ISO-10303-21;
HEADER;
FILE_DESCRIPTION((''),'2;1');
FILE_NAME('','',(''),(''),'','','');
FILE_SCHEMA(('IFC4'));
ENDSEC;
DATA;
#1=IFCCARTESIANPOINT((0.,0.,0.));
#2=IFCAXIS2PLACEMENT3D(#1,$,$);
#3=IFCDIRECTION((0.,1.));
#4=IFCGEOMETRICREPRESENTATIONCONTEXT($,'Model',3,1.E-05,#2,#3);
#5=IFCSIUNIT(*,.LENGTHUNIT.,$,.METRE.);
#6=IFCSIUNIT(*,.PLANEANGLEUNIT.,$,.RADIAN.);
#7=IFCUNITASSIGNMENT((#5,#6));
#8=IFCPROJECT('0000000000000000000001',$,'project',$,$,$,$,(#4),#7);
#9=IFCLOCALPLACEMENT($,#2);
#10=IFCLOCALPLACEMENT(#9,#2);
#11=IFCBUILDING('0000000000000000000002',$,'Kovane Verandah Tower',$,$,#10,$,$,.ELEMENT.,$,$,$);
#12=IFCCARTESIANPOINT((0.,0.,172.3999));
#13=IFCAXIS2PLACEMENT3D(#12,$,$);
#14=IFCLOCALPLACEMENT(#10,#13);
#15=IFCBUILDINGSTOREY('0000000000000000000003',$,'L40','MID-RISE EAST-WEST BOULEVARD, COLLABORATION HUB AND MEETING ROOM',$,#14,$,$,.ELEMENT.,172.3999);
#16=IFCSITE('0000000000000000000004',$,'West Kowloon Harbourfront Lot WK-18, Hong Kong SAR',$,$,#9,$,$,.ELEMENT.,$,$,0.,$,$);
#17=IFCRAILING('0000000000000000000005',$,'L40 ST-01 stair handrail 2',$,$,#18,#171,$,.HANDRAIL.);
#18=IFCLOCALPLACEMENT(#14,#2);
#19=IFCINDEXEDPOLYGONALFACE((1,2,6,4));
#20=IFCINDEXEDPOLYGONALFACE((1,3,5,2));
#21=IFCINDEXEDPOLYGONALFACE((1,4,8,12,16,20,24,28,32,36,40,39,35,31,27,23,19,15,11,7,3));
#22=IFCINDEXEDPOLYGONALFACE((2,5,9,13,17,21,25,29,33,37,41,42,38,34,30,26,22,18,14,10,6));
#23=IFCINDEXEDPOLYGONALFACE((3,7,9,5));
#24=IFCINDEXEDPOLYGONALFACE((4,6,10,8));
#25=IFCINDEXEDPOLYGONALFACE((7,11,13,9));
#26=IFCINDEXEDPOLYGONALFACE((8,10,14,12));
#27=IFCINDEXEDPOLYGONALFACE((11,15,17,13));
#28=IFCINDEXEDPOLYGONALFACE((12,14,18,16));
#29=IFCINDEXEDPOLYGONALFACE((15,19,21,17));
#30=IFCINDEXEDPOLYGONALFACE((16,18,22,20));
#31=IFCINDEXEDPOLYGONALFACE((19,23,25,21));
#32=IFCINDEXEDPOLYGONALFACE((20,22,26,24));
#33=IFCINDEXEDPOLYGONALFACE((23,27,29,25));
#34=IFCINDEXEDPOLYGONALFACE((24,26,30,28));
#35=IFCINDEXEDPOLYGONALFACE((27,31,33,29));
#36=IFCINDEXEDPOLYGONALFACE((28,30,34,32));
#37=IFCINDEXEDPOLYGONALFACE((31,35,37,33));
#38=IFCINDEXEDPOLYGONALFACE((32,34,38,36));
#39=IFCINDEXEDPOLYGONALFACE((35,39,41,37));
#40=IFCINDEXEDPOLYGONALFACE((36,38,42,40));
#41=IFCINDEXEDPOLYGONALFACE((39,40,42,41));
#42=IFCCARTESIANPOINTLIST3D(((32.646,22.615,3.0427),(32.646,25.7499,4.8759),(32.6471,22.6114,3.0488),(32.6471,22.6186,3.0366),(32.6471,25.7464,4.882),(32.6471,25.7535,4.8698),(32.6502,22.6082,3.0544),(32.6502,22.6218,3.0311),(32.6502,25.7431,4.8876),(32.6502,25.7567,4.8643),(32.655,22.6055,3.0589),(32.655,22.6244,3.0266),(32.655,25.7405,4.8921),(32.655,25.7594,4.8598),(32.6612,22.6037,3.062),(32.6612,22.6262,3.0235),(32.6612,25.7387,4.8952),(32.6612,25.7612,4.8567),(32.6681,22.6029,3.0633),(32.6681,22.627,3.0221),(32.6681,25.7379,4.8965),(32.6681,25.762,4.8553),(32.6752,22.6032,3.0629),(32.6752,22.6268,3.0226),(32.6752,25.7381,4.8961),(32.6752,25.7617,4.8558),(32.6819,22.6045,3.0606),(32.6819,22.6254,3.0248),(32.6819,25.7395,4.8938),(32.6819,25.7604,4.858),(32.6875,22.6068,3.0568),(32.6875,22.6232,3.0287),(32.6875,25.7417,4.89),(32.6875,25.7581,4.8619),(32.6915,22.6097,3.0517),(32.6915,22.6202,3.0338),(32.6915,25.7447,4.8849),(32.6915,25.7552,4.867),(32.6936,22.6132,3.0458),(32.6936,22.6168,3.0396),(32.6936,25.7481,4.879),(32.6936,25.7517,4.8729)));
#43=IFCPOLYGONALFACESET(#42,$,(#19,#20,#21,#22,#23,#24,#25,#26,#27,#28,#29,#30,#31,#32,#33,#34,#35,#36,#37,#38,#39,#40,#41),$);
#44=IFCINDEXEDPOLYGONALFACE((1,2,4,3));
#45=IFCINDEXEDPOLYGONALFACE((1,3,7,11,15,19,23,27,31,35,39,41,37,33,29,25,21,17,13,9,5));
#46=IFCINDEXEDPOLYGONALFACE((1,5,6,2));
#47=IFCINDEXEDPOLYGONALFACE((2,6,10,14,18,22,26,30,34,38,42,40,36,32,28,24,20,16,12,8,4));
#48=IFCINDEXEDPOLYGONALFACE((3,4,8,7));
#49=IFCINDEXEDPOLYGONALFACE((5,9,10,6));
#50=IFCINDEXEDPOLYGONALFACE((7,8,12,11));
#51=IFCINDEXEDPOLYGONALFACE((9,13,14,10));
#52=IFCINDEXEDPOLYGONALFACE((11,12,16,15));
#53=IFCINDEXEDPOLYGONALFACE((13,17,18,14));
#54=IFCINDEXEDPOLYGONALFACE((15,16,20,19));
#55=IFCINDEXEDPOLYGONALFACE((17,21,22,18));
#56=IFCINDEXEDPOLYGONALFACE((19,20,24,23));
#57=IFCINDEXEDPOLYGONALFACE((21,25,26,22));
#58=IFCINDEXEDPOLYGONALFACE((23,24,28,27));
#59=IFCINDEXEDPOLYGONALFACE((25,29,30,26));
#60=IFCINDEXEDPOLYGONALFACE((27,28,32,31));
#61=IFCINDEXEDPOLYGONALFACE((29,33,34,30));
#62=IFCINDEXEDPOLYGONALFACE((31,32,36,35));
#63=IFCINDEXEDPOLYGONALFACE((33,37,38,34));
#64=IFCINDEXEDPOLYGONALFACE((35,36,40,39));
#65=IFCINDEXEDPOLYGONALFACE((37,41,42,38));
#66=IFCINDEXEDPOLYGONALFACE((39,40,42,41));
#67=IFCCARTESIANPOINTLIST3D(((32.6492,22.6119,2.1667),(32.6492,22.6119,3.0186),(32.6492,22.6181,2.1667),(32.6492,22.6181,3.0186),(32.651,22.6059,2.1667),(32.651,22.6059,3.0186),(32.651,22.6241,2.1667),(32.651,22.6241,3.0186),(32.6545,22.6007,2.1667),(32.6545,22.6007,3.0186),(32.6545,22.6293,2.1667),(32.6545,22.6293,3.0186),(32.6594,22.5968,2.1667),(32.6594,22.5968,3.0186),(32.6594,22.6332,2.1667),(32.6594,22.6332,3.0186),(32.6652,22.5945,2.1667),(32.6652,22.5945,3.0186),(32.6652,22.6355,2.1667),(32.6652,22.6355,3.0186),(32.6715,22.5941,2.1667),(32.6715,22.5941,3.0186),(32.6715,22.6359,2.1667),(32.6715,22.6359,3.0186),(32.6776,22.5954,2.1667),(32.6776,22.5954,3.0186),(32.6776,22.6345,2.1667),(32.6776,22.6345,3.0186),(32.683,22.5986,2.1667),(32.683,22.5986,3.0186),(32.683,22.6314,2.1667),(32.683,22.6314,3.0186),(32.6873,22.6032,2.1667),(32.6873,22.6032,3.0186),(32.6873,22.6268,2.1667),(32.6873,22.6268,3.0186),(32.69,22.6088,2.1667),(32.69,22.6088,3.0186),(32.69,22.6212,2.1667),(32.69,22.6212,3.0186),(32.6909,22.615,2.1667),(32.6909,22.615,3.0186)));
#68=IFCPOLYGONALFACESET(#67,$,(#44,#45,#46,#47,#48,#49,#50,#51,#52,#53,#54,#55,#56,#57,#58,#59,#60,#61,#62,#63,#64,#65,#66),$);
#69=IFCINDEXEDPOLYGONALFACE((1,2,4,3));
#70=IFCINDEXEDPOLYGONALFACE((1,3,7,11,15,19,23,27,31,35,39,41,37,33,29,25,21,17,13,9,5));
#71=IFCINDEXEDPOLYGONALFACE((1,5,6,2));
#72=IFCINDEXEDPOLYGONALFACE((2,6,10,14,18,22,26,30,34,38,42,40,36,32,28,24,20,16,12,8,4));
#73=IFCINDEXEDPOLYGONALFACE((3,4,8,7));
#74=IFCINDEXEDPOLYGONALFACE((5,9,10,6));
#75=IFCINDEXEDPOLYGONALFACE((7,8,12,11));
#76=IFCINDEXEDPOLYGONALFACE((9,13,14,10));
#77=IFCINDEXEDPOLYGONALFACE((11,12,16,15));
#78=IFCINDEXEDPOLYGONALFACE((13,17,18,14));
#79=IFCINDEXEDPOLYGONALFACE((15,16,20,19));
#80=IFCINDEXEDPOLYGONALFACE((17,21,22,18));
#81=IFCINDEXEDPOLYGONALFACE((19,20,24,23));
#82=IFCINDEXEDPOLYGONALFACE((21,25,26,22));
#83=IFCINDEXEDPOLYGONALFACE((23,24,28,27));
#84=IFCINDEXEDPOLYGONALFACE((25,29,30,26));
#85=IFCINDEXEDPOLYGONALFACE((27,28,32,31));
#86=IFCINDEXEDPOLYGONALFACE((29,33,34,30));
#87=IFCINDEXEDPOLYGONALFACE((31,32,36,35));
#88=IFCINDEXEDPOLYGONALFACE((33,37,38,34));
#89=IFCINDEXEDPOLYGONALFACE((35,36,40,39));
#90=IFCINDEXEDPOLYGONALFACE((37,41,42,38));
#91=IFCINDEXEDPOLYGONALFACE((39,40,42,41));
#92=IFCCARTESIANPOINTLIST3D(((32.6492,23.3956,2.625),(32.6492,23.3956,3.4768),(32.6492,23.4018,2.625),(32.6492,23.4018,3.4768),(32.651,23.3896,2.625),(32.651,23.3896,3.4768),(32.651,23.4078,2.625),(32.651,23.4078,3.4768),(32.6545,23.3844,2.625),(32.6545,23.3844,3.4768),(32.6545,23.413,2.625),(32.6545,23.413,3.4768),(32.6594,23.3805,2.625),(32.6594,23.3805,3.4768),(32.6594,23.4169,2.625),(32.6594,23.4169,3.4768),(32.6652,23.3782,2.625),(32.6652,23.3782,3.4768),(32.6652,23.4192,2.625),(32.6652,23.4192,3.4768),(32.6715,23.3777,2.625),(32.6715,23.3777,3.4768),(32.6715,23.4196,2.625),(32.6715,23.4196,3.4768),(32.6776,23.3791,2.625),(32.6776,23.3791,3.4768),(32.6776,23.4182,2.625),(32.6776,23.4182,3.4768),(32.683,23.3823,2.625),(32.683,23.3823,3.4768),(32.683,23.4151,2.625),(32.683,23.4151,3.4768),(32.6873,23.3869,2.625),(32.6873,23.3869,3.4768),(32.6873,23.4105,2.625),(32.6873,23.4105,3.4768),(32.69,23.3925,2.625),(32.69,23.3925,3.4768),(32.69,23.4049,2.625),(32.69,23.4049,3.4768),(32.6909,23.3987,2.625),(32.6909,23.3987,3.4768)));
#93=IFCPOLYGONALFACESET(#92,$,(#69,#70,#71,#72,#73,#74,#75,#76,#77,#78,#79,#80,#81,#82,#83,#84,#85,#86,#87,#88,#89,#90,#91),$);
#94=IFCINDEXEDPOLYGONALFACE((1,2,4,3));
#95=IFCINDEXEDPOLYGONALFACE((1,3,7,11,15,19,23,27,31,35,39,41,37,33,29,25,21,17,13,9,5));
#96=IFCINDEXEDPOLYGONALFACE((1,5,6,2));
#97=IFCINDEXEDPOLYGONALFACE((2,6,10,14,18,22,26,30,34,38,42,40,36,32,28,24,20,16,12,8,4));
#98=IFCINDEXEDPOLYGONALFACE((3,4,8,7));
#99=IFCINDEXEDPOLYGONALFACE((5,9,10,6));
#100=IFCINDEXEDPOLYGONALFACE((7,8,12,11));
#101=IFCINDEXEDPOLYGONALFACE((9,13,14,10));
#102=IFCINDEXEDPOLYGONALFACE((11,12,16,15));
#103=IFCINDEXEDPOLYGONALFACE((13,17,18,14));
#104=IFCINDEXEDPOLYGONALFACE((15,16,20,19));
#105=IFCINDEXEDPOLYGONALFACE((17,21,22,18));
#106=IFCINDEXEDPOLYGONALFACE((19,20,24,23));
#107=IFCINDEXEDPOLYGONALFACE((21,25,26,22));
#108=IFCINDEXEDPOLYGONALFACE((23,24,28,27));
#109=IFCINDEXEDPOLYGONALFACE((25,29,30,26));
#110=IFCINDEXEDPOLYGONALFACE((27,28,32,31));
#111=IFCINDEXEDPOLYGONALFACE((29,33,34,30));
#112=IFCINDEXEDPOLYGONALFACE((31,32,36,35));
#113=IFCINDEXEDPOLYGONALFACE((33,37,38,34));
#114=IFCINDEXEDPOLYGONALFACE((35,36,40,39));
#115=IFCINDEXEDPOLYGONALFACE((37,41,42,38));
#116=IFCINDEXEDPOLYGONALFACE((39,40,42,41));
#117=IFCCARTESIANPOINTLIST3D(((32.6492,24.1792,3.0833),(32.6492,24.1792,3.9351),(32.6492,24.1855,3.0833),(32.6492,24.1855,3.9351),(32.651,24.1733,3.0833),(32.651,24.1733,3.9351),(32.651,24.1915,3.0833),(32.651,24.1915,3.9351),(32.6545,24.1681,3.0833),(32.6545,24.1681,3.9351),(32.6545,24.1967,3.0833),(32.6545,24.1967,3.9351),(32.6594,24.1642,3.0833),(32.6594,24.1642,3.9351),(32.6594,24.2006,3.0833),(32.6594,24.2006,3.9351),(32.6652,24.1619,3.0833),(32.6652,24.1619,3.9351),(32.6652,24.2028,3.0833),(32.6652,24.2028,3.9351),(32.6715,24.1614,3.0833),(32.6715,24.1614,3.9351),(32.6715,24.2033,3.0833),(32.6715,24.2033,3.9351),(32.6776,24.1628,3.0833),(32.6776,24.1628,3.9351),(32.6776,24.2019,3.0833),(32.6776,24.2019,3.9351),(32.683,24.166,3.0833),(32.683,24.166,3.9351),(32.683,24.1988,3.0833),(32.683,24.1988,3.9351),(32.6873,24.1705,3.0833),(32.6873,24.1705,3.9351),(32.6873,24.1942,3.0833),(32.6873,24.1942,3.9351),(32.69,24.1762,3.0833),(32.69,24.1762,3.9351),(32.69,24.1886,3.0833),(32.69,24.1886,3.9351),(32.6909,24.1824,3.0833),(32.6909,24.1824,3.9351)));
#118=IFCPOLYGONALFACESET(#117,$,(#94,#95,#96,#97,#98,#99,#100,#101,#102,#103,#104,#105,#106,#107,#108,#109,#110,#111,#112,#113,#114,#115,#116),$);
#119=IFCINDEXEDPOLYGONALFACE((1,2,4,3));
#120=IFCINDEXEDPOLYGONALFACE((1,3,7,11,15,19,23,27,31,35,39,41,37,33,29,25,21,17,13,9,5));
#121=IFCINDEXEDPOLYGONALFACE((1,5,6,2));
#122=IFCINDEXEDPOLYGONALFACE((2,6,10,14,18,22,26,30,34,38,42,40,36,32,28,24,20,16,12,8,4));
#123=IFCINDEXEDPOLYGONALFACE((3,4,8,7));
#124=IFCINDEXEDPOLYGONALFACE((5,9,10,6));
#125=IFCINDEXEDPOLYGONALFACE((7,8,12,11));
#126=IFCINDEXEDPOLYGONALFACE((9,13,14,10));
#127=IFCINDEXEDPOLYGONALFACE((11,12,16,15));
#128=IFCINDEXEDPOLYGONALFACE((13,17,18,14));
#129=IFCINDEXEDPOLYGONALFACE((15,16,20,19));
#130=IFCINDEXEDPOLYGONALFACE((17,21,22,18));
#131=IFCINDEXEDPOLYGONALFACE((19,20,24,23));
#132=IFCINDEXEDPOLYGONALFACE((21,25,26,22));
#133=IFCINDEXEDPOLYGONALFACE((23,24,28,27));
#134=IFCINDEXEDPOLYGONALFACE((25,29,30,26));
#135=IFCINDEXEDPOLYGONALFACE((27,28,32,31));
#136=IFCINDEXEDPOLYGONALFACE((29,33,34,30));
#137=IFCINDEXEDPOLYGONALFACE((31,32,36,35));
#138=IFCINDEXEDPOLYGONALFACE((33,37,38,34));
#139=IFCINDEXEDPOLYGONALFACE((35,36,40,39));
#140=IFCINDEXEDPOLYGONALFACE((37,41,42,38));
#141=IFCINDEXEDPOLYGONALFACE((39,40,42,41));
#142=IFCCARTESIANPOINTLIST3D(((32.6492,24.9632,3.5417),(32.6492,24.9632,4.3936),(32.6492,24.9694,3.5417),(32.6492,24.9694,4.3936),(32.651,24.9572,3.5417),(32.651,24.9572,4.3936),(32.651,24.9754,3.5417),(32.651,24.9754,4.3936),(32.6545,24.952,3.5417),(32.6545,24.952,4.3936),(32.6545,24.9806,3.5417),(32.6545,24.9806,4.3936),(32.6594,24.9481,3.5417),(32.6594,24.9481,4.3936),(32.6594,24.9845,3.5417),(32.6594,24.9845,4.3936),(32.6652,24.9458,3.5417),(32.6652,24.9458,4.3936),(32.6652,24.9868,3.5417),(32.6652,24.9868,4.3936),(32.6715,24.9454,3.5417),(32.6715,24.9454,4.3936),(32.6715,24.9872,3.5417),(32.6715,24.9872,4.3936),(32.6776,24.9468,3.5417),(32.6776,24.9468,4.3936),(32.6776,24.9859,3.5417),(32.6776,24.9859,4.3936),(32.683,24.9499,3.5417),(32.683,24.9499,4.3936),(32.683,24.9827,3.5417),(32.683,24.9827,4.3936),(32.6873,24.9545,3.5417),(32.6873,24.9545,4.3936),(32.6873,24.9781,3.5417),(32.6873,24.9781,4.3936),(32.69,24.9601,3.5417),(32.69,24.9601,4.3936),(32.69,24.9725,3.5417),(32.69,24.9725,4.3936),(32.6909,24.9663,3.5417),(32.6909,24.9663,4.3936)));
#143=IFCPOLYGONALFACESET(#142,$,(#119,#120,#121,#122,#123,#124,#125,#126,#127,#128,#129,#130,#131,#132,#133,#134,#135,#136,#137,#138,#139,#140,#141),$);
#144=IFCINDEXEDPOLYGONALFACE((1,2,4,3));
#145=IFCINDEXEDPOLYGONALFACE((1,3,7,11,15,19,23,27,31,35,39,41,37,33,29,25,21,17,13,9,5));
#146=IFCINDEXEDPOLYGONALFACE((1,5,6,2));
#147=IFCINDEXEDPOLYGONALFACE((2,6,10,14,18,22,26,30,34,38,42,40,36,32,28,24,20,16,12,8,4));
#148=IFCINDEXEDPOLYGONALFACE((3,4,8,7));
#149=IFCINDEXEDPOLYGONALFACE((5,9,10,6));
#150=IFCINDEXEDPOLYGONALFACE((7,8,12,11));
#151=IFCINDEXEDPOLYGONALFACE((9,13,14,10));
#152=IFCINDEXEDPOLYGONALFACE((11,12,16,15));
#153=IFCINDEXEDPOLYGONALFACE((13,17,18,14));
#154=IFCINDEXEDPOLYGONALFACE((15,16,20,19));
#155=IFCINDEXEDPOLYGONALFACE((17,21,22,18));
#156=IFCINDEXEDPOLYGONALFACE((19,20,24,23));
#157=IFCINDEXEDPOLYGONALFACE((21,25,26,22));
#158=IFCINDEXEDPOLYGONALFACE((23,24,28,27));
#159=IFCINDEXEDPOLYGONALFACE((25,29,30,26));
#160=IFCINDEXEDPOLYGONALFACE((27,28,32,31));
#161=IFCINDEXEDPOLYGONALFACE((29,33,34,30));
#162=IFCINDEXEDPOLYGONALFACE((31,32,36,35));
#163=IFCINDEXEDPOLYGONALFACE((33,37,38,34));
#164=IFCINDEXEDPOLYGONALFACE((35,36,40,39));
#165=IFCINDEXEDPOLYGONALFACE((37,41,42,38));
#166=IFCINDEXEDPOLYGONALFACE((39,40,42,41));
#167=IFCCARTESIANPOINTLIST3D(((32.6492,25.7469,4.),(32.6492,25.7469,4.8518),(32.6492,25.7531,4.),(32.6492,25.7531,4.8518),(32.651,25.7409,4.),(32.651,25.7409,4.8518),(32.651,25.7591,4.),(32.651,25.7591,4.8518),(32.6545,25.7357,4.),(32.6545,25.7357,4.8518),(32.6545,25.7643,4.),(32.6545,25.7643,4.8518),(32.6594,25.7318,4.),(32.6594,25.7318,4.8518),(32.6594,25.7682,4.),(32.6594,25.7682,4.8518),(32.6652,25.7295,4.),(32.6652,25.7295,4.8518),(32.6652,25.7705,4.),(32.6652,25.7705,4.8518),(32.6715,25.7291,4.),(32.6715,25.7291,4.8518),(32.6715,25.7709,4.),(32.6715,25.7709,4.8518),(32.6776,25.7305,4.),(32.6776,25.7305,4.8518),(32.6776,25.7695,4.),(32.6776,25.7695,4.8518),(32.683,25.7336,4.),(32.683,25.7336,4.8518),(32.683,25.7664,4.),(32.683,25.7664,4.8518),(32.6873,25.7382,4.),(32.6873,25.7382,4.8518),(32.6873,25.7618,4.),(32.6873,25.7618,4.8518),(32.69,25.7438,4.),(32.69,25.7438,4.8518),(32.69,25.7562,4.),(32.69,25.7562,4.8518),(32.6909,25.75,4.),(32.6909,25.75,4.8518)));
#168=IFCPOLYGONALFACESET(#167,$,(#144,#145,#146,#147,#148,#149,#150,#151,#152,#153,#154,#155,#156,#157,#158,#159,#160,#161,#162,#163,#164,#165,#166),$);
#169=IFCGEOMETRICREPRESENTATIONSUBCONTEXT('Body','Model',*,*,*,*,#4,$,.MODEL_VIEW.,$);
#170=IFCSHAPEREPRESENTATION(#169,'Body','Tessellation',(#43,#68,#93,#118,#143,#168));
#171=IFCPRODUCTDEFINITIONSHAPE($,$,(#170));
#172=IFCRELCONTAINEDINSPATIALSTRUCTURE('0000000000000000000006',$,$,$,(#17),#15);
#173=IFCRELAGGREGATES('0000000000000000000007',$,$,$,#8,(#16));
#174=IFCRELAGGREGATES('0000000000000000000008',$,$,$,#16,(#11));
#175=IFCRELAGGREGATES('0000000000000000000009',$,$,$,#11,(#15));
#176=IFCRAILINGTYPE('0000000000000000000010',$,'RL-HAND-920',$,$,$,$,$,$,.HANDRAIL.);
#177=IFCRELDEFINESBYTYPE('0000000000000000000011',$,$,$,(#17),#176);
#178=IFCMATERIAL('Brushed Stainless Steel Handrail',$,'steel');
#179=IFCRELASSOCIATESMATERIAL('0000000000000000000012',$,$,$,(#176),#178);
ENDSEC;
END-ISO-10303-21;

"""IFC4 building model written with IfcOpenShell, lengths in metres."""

from ifc_helpers import new_model, si_unit, direction, frame, origin, origin_2d, place, context, subcontext, project, spatial, circle, extrude, material, type_object, element, save


model = new_model("IFC4")

# Units and contexts
model_context = context("Model", 3, precision=1e-05, world=origin(), true_north=direction((0.0, 1.0)))
body_context = subcontext(model_context, "Body", "Model", "MODEL_VIEW")
ifc_project = project(units=[si_unit("LENGTHUNIT", "METRE"), si_unit("PLANEANGLEUNIT", "RADIAN")], contexts=[model_context])

# Site, building, storey
site_placement = place(None, origin())
site = spatial("IfcSite", under=ifc_project, at=site_placement, Name="West Kowloon Harbourfront Lot WK-18, Hong Kong SAR", CompositionType="ELEMENT", RefElevation=0.0)
building_placement = place(site_placement, origin())
building = spatial("IfcBuilding", under=site, at=building_placement, Name="Kovane Verandah Tower", CompositionType="ELEMENT")
storey_placement = place(building_placement, frame((0.0, 0.0, 172.3999)))
storey = spatial("IfcBuildingStorey", under=building, at=storey_placement, Name="L40", Description="MID-RISE EAST-WEST BOULEVARD, COLLABORATION HUB AND MEETING ROOM", CompositionType="ELEMENT", Elevation=172.3999)

# Railing
ifc_material_1 = material(Name="Brushed Stainless Steel Handrail", Category="steel")
railing_type_1 = type_object("IfcRailingType", Name="RL-HAND-920", PredefinedType="HANDRAIL", material=ifc_material_1)
railing_1_placement = place(storey_placement, frame((32.6699, 22.615, 2.1667)))
element("IfcRailing", 1, at=railing_1_placement, inside=storey, type_object=railing_type_1, Name="L40 ST-01 stair handrail 2", PredefinedType="HANDRAIL", context=body_context, shape_type="SweptSolid", body=[
    extrude(circle(Radius=0.0239, at=origin_2d()), frame((0.0, 0.0, 0.876), z_axis=(0.0, 0.86324, 0.504794), x_axis=(-1.0, 0.0, 0.0)), (0.0, 0.0, 1.0), 3.6316),
    extrude(circle(Radius=0.021, at=origin_2d()), origin(), (0.0, 0.0, 1.0), 0.8518),
    extrude(circle(Radius=0.021, at=origin_2d()), frame((0.0, 0.7837, 0.4583)), (0.0, 0.0, 1.0), 0.8518),
    extrude(circle(Radius=0.021, at=origin_2d()), frame((0.0, 1.5674, 0.9165)), (0.0, 0.0, 1.0), 0.8518),
    extrude(circle(Radius=0.021, at=origin_2d()), frame((0.0, 2.3513, 1.375)), (0.0, 0.0, 1.0), 0.8518),
    extrude(circle(Radius=0.021, at=origin_2d()), frame((0.0, 3.135, 1.8333)), (0.0, 0.0, 1.0), 0.8518),
])

save(model, "model.ifc")
